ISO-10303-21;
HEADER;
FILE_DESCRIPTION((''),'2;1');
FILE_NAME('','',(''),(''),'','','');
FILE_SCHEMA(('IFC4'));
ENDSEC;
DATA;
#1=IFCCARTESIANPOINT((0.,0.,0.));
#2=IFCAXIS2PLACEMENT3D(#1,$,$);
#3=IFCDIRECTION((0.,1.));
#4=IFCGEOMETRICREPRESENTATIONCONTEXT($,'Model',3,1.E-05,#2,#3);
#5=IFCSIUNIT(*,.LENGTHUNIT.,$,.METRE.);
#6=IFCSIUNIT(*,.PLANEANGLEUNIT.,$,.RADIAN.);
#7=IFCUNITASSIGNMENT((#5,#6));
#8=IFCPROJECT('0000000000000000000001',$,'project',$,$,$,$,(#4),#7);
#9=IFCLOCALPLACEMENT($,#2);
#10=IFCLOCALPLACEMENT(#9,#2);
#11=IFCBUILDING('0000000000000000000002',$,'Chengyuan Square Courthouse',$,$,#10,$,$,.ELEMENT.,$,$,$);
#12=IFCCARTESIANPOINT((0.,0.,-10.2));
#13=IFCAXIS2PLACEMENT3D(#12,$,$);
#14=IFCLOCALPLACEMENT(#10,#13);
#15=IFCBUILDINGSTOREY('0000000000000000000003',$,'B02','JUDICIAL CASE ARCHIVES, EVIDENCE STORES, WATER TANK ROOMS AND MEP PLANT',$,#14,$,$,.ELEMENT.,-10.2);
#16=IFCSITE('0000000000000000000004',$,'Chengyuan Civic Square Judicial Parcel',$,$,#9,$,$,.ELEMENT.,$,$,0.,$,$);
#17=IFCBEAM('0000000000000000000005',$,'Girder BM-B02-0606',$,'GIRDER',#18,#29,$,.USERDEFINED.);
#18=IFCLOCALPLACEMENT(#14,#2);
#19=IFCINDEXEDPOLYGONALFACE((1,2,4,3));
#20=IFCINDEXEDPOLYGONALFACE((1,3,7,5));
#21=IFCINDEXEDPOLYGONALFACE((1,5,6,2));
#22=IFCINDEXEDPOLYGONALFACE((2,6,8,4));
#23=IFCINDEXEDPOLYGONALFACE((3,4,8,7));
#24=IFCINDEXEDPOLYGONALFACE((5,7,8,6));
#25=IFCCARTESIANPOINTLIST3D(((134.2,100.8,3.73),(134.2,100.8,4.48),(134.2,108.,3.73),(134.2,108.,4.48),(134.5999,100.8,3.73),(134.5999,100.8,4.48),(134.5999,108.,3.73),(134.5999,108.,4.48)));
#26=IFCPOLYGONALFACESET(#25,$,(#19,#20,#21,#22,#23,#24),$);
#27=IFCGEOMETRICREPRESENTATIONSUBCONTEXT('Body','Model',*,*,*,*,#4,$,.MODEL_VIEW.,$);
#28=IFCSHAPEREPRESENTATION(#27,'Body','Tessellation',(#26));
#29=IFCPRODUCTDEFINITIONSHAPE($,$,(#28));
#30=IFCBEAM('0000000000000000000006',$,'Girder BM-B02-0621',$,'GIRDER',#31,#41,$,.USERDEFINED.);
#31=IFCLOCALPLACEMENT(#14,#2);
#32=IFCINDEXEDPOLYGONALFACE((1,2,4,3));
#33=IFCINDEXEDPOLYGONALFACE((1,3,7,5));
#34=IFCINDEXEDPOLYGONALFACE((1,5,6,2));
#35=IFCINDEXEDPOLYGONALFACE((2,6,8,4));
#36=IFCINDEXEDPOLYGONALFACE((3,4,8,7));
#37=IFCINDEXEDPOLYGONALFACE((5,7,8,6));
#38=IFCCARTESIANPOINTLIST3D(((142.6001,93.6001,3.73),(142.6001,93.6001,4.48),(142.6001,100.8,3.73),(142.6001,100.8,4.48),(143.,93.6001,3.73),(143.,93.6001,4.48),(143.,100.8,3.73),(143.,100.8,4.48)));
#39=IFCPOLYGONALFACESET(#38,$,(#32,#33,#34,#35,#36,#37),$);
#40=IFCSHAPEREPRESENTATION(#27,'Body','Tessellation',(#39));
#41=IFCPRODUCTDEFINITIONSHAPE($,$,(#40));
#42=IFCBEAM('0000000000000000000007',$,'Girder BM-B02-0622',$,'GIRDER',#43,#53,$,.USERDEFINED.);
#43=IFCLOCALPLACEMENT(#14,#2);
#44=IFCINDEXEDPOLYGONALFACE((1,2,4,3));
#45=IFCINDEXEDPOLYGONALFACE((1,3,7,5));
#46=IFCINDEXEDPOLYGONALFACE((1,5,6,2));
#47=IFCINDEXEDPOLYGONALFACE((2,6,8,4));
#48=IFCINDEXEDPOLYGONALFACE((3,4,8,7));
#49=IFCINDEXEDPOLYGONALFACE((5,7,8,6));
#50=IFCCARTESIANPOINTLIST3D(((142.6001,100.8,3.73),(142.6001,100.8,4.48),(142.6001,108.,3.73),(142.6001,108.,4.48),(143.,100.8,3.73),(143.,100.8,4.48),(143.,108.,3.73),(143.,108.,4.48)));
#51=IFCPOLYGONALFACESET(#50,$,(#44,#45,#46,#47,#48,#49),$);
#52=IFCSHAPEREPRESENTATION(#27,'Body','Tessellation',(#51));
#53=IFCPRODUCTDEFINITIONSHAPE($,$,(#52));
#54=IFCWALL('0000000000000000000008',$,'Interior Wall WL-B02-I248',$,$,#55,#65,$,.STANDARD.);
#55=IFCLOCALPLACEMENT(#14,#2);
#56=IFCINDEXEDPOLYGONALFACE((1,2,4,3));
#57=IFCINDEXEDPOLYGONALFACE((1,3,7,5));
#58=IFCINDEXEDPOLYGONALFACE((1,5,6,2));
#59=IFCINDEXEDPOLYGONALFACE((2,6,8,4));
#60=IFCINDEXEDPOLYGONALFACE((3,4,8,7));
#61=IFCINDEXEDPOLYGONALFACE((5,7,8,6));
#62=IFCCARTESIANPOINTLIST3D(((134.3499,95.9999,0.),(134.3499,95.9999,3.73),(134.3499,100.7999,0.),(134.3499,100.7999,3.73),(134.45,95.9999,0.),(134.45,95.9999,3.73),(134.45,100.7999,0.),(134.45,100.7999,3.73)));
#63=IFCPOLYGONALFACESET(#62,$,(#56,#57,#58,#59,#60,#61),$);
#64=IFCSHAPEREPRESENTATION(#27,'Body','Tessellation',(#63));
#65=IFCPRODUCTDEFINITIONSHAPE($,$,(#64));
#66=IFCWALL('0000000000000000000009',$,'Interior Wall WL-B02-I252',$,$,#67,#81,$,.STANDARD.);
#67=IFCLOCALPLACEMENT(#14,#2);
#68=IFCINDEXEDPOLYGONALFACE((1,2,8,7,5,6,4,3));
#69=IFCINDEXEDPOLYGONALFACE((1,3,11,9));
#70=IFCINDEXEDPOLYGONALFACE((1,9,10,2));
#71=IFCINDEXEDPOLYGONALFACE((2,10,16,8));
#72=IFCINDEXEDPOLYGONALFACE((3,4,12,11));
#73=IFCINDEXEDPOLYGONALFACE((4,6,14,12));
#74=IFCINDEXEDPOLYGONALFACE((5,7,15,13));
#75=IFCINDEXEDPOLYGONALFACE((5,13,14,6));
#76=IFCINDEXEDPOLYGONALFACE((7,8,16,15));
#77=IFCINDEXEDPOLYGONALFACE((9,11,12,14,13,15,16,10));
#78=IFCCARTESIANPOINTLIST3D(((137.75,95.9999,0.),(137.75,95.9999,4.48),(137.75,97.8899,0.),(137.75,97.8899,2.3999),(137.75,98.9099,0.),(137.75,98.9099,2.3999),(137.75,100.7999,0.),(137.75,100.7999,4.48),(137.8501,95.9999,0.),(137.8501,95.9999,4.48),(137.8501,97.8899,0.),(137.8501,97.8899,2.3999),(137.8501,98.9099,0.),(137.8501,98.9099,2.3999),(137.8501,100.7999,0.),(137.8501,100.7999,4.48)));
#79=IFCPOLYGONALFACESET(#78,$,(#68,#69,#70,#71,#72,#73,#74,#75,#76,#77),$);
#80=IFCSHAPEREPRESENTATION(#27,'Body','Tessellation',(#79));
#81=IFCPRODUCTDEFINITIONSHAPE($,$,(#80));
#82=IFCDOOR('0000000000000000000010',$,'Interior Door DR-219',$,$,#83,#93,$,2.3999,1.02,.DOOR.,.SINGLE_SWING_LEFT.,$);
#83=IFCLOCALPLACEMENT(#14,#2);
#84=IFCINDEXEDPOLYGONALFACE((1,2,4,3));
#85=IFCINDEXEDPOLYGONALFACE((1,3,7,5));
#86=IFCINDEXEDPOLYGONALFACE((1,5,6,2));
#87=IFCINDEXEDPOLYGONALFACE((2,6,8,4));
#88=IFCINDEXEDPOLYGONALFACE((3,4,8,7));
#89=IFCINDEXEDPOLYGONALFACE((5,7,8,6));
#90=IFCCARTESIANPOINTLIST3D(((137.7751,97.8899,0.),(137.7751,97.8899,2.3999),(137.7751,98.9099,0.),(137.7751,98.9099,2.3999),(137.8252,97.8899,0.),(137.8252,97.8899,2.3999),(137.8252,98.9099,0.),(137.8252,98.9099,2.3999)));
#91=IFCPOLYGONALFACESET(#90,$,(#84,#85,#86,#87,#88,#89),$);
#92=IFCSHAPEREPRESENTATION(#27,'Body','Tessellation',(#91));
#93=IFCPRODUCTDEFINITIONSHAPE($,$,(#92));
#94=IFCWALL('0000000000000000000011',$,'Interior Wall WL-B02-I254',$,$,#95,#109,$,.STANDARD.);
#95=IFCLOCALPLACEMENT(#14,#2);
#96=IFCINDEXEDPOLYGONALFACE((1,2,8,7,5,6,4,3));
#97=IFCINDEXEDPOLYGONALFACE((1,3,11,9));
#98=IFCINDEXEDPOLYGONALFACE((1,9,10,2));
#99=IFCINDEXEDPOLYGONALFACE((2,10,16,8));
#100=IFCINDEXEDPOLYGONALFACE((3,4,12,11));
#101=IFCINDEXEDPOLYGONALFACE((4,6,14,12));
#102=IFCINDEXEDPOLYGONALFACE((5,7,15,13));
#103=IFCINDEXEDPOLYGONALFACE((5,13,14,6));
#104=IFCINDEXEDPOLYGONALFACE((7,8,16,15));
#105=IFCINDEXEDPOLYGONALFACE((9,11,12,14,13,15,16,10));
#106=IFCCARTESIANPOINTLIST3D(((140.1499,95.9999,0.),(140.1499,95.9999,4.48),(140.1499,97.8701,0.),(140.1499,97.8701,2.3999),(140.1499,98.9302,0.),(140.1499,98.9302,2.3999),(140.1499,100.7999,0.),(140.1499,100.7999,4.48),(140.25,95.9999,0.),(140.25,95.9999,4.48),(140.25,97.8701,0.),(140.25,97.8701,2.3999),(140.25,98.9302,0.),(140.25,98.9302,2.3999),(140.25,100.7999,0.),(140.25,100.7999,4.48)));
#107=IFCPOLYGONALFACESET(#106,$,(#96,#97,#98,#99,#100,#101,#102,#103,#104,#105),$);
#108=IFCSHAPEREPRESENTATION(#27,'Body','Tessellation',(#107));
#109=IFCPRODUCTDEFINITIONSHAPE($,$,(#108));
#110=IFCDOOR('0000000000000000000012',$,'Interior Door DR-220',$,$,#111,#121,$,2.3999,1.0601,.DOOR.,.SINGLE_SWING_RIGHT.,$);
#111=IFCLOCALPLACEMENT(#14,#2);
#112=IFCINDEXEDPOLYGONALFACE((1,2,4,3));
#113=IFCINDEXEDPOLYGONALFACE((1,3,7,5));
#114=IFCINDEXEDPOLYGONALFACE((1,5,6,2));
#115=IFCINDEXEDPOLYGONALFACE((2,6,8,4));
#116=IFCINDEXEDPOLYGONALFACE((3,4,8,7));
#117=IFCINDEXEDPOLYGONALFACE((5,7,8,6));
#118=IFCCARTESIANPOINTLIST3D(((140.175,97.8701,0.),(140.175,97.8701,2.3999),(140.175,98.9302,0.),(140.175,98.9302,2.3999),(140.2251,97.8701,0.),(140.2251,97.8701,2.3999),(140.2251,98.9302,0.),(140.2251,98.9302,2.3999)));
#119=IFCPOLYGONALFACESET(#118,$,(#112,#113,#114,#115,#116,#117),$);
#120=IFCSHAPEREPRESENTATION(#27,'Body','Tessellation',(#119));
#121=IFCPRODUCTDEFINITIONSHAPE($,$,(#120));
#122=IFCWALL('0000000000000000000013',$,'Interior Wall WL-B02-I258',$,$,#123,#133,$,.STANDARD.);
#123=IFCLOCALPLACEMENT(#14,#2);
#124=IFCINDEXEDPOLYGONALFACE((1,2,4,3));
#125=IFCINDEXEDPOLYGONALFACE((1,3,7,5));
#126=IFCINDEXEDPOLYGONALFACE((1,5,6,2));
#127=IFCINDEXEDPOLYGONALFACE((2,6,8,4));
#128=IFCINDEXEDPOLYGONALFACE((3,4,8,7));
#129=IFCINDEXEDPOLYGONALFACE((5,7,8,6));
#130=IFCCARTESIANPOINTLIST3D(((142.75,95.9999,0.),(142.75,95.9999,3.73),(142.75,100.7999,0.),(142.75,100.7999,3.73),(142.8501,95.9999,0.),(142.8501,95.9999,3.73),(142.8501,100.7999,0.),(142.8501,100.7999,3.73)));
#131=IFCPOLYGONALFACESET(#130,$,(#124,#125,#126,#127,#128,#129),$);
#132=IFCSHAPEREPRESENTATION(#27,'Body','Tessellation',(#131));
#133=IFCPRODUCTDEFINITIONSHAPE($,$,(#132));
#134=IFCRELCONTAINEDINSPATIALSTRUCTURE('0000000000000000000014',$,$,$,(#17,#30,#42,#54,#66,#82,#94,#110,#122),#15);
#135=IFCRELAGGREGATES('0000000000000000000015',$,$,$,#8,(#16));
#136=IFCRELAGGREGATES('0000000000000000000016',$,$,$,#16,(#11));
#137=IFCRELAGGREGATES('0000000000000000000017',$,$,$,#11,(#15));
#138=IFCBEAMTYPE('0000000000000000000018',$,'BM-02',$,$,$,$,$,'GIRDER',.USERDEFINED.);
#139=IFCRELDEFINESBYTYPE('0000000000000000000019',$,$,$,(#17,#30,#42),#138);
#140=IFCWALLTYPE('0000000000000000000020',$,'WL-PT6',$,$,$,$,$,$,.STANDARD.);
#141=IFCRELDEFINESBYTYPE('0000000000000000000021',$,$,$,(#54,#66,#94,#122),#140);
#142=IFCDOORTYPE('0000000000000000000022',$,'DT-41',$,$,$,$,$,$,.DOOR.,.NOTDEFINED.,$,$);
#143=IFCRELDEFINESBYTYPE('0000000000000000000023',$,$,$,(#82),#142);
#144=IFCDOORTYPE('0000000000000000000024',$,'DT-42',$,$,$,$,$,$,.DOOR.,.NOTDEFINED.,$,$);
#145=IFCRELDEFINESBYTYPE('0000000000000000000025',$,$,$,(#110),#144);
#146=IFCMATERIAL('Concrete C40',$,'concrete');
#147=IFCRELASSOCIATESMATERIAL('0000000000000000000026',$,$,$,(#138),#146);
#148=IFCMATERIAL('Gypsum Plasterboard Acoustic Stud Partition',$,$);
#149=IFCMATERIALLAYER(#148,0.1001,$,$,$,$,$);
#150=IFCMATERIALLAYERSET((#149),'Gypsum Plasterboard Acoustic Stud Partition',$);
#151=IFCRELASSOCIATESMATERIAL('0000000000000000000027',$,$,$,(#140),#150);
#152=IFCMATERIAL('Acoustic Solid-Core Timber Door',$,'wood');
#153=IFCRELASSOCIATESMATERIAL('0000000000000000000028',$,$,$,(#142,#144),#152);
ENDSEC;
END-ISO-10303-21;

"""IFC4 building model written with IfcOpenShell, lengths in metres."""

from ifc_helpers import new_model, si_unit, direction, frame, frame_2d, origin, origin_2d, place, context, subcontext, project, spatial, rectangle, extrude, material, layer, layer_set, material_profile, profile_set, type_object, element, fill, save


model = new_model("IFC4")

# Units and contexts
model_context = context("Model", 3, precision=1e-05, world=origin(), true_north=direction((0.0, 1.0)))
body_context = subcontext(model_context, "Body", "Model", "MODEL_VIEW")
ifc_project = project(units=[si_unit("LENGTHUNIT", "METRE"), si_unit("PLANEANGLEUNIT", "RADIAN")], contexts=[model_context])

# Site, building, storey
site_placement = place(None, origin())
site = spatial("IfcSite", under=ifc_project, at=site_placement, Name="Chengyuan Civic Square Judicial Parcel", CompositionType="ELEMENT", RefElevation=0.0)
building_placement = place(site_placement, origin())
building = spatial("IfcBuilding", under=site, at=building_placement, Name="Chengyuan Square Courthouse", CompositionType="ELEMENT")
storey_placement = place(building_placement, frame((0.0, 0.0, -10.2)))
storey = spatial("IfcBuildingStorey", under=building, at=storey_placement, Name="B02", Description="JUDICIAL CASE ARCHIVES, EVIDENCE STORES, WATER TANK ROOMS AND MEP PLANT", CompositionType="ELEMENT", Elevation=-10.2)

# Shared definitions
ifc_material_1 = material(Name="Concrete C40", Category="concrete")

# Beams
ifc_material_profile_1 = material_profile(ifc_material_1, rectangle(XDim=0.3999, YDim=0.75, at=origin_2d()), Name="RC-BM-400x750")
ifc_profile_set_1 = profile_set([ifc_material_profile_1], Name="Concrete C40")
beam_type_1 = type_object("IfcBeamType", Name="BM-02", ElementType="GIRDER", PredefinedType="USERDEFINED", material=ifc_profile_set_1)
for number, where, z_axis, x_axis, name in (
    (1, (134.3999, 100.8, 4.105), (0.0, 1.0, 0.0), (-1.0, 0.0, 0.0), "Girder BM-B02-0606"),
    (2, (142.8, 93.6001, 4.105), (0.0, 1.0, 0.0), (-1.0, 0.0, 0.0), "Girder BM-B02-0621"),
    (3, (142.8, 100.8, 4.105), (0.0, 1.0, 0.0), (-1.0, 0.0, 0.0), "Girder BM-B02-0622"),
):
    element("IfcBeam", number, at=place(storey_placement, frame(where, z_axis=z_axis, x_axis=x_axis)), inside=storey, type_object=beam_type_1, Name=name, ObjectType="GIRDER", PredefinedType="USERDEFINED", context=body_context, shape_type="SweptSolid", body=[
        extrude(rectangle(XDim=0.3999, YDim=0.75, at=origin_2d()), origin(), (0.0, 0.0, 1.0), 7.2),
    ])

# Wall
ifc_material_2 = material(Name="Gypsum Plasterboard Acoustic Stud Partition")
ifc_layer_1 = layer(ifc_material_2, 0.1001)
ifc_layer_set_1 = layer_set([ifc_layer_1], Name="Gypsum Plasterboard Acoustic Stud Partition")
wall_type_1 = type_object("IfcWallType", Name="WL-PT6", PredefinedType="STANDARD", material=ifc_layer_set_1)
wall_1_placement = place(storey_placement, frame((134.3999, 96.0, 0.0), z_axis=(0.0, 0.0, 1.0), x_axis=(0.0, 1.0, 0.0)))
element("IfcWall", 4, at=wall_1_placement, inside=storey, type_object=wall_type_1, Name="Interior Wall WL-B02-I248", PredefinedType="STANDARD", context=body_context, shape_type="SweptSolid", body=[
    extrude(rectangle(XDim=4.8, YDim=0.1001, at=frame_2d((2.3999, 0.0))), origin(), (0.0, 0.0, 1.0), 3.73),
])

# Walls, openings, doors
wall_2_placement = place(storey_placement, frame((137.8, 96.0, 0.0), z_axis=(0.0, 0.0, 1.0), x_axis=(0.0, 1.0, 0.0)))
wall_2 = element("IfcWall", 5, at=wall_2_placement, inside=storey, type_object=wall_type_1, Name="Interior Wall WL-B02-I252", PredefinedType="STANDARD", context=body_context, shape_type="SweptSolid", body=[
    extrude(rectangle(XDim=4.8, YDim=0.1001, at=frame_2d((2.3999, 0.0))), origin(), (0.0, 0.0, 1.0), 4.48),
])
opening_1_placement = place(wall_2_placement, frame((1.8899, 0.0, 0.0)))
opening_1 = element("IfcOpeningElement", 6, at=opening_1_placement, cuts=wall_2, PredefinedType="OPENING", context=body_context, shape_type="SweptSolid", body=[
    extrude(rectangle(XDim=1.02, YDim=2.3999, at=frame_2d((0.51, 1.2))), frame((0.0, 0.062, 0.0), z_axis=(0.0, -1.0, 0.0), x_axis=(1.0, 0.0, 0.0)), (0.0, 0.0, 1.0), 0.124),
])
ifc_material_3 = material(Name="Acoustic Solid-Core Timber Door", Category="wood")
door_type_1 = type_object("IfcDoorType", Name="DT-41", OperationType="NOTDEFINED", PredefinedType="DOOR", material=ifc_material_3)
door_1_placement = place(opening_1_placement, origin())
door_1 = element("IfcDoor", 7, at=door_1_placement, inside=storey, type_object=door_type_1, Name="Interior Door DR-219", OperationType="SINGLE_SWING_LEFT", OverallHeight=2.3999, OverallWidth=1.02, PredefinedType="DOOR", context=body_context, shape_type="SweptSolid", body=[
    extrude(rectangle(XDim=1.02, YDim=2.3999, at=frame_2d((0.51, 1.2))), frame((0.0, 0.0249, 0.0), z_axis=(0.0, -1.0, 0.0), x_axis=(1.0, 0.0, 0.0)), (0.0, 0.0, 1.0), 0.05),
])
fill(opening_1, door_1)
wall_3_placement = place(storey_placement, frame((140.2, 96.0, 0.0), z_axis=(0.0, 0.0, 1.0), x_axis=(0.0, 1.0, 0.0)))
wall_3 = element("IfcWall", 8, at=wall_3_placement, inside=storey, type_object=wall_type_1, Name="Interior Wall WL-B02-I254", PredefinedType="STANDARD", context=body_context, shape_type="SweptSolid", body=[
    extrude(rectangle(XDim=4.8, YDim=0.1001, at=frame_2d((2.3999, 0.0))), origin(), (0.0, 0.0, 1.0), 4.48),
])
opening_2_placement = place(wall_3_placement, frame((1.8701, 0.0, 0.0)))
opening_2 = element("IfcOpeningElement", 9, at=opening_2_placement, cuts=wall_3, PredefinedType="OPENING", context=body_context, shape_type="SweptSolid", body=[
    extrude(rectangle(XDim=1.0601, YDim=2.3999, at=frame_2d((0.53, 1.2))), frame((0.0, 0.062, 0.0), z_axis=(0.0, -1.0, 0.0), x_axis=(1.0, 0.0, 0.0)), (0.0, 0.0, 1.0), 0.124),
])
door_type_2 = type_object("IfcDoorType", Name="DT-42", OperationType="NOTDEFINED", PredefinedType="DOOR", material=ifc_material_3)
door_2_placement = place(opening_2_placement, origin())
door_2 = element("IfcDoor", 10, at=door_2_placement, inside=storey, type_object=door_type_2, Name="Interior Door DR-220", OperationType="SINGLE_SWING_RIGHT", OverallHeight=2.3999, OverallWidth=1.0601, PredefinedType="DOOR", context=body_context, shape_type="SweptSolid", body=[
    extrude(rectangle(XDim=1.0601, YDim=2.3999, at=frame_2d((0.53, 1.2))), frame((0.0, 0.0249, 0.0), z_axis=(0.0, -1.0, 0.0), x_axis=(1.0, 0.0, 0.0)), (0.0, 0.0, 1.0), 0.05),
])
fill(opening_2, door_2)

# Wall
wall_4_placement = place(storey_placement, frame((142.8, 96.0, 0.0), z_axis=(0.0, 0.0, 1.0), x_axis=(0.0, 1.0, 0.0)))
element("IfcWall", 11, at=wall_4_placement, inside=storey, type_object=wall_type_1, Name="Interior Wall WL-B02-I258", PredefinedType="STANDARD", context=body_context, shape_type="SweptSolid", body=[
    extrude(rectangle(XDim=4.8, YDim=0.1001, at=frame_2d((2.3999, 0.0))), origin(), (0.0, 0.0, 1.0), 3.73),
])

save(model, "model.ifc")
